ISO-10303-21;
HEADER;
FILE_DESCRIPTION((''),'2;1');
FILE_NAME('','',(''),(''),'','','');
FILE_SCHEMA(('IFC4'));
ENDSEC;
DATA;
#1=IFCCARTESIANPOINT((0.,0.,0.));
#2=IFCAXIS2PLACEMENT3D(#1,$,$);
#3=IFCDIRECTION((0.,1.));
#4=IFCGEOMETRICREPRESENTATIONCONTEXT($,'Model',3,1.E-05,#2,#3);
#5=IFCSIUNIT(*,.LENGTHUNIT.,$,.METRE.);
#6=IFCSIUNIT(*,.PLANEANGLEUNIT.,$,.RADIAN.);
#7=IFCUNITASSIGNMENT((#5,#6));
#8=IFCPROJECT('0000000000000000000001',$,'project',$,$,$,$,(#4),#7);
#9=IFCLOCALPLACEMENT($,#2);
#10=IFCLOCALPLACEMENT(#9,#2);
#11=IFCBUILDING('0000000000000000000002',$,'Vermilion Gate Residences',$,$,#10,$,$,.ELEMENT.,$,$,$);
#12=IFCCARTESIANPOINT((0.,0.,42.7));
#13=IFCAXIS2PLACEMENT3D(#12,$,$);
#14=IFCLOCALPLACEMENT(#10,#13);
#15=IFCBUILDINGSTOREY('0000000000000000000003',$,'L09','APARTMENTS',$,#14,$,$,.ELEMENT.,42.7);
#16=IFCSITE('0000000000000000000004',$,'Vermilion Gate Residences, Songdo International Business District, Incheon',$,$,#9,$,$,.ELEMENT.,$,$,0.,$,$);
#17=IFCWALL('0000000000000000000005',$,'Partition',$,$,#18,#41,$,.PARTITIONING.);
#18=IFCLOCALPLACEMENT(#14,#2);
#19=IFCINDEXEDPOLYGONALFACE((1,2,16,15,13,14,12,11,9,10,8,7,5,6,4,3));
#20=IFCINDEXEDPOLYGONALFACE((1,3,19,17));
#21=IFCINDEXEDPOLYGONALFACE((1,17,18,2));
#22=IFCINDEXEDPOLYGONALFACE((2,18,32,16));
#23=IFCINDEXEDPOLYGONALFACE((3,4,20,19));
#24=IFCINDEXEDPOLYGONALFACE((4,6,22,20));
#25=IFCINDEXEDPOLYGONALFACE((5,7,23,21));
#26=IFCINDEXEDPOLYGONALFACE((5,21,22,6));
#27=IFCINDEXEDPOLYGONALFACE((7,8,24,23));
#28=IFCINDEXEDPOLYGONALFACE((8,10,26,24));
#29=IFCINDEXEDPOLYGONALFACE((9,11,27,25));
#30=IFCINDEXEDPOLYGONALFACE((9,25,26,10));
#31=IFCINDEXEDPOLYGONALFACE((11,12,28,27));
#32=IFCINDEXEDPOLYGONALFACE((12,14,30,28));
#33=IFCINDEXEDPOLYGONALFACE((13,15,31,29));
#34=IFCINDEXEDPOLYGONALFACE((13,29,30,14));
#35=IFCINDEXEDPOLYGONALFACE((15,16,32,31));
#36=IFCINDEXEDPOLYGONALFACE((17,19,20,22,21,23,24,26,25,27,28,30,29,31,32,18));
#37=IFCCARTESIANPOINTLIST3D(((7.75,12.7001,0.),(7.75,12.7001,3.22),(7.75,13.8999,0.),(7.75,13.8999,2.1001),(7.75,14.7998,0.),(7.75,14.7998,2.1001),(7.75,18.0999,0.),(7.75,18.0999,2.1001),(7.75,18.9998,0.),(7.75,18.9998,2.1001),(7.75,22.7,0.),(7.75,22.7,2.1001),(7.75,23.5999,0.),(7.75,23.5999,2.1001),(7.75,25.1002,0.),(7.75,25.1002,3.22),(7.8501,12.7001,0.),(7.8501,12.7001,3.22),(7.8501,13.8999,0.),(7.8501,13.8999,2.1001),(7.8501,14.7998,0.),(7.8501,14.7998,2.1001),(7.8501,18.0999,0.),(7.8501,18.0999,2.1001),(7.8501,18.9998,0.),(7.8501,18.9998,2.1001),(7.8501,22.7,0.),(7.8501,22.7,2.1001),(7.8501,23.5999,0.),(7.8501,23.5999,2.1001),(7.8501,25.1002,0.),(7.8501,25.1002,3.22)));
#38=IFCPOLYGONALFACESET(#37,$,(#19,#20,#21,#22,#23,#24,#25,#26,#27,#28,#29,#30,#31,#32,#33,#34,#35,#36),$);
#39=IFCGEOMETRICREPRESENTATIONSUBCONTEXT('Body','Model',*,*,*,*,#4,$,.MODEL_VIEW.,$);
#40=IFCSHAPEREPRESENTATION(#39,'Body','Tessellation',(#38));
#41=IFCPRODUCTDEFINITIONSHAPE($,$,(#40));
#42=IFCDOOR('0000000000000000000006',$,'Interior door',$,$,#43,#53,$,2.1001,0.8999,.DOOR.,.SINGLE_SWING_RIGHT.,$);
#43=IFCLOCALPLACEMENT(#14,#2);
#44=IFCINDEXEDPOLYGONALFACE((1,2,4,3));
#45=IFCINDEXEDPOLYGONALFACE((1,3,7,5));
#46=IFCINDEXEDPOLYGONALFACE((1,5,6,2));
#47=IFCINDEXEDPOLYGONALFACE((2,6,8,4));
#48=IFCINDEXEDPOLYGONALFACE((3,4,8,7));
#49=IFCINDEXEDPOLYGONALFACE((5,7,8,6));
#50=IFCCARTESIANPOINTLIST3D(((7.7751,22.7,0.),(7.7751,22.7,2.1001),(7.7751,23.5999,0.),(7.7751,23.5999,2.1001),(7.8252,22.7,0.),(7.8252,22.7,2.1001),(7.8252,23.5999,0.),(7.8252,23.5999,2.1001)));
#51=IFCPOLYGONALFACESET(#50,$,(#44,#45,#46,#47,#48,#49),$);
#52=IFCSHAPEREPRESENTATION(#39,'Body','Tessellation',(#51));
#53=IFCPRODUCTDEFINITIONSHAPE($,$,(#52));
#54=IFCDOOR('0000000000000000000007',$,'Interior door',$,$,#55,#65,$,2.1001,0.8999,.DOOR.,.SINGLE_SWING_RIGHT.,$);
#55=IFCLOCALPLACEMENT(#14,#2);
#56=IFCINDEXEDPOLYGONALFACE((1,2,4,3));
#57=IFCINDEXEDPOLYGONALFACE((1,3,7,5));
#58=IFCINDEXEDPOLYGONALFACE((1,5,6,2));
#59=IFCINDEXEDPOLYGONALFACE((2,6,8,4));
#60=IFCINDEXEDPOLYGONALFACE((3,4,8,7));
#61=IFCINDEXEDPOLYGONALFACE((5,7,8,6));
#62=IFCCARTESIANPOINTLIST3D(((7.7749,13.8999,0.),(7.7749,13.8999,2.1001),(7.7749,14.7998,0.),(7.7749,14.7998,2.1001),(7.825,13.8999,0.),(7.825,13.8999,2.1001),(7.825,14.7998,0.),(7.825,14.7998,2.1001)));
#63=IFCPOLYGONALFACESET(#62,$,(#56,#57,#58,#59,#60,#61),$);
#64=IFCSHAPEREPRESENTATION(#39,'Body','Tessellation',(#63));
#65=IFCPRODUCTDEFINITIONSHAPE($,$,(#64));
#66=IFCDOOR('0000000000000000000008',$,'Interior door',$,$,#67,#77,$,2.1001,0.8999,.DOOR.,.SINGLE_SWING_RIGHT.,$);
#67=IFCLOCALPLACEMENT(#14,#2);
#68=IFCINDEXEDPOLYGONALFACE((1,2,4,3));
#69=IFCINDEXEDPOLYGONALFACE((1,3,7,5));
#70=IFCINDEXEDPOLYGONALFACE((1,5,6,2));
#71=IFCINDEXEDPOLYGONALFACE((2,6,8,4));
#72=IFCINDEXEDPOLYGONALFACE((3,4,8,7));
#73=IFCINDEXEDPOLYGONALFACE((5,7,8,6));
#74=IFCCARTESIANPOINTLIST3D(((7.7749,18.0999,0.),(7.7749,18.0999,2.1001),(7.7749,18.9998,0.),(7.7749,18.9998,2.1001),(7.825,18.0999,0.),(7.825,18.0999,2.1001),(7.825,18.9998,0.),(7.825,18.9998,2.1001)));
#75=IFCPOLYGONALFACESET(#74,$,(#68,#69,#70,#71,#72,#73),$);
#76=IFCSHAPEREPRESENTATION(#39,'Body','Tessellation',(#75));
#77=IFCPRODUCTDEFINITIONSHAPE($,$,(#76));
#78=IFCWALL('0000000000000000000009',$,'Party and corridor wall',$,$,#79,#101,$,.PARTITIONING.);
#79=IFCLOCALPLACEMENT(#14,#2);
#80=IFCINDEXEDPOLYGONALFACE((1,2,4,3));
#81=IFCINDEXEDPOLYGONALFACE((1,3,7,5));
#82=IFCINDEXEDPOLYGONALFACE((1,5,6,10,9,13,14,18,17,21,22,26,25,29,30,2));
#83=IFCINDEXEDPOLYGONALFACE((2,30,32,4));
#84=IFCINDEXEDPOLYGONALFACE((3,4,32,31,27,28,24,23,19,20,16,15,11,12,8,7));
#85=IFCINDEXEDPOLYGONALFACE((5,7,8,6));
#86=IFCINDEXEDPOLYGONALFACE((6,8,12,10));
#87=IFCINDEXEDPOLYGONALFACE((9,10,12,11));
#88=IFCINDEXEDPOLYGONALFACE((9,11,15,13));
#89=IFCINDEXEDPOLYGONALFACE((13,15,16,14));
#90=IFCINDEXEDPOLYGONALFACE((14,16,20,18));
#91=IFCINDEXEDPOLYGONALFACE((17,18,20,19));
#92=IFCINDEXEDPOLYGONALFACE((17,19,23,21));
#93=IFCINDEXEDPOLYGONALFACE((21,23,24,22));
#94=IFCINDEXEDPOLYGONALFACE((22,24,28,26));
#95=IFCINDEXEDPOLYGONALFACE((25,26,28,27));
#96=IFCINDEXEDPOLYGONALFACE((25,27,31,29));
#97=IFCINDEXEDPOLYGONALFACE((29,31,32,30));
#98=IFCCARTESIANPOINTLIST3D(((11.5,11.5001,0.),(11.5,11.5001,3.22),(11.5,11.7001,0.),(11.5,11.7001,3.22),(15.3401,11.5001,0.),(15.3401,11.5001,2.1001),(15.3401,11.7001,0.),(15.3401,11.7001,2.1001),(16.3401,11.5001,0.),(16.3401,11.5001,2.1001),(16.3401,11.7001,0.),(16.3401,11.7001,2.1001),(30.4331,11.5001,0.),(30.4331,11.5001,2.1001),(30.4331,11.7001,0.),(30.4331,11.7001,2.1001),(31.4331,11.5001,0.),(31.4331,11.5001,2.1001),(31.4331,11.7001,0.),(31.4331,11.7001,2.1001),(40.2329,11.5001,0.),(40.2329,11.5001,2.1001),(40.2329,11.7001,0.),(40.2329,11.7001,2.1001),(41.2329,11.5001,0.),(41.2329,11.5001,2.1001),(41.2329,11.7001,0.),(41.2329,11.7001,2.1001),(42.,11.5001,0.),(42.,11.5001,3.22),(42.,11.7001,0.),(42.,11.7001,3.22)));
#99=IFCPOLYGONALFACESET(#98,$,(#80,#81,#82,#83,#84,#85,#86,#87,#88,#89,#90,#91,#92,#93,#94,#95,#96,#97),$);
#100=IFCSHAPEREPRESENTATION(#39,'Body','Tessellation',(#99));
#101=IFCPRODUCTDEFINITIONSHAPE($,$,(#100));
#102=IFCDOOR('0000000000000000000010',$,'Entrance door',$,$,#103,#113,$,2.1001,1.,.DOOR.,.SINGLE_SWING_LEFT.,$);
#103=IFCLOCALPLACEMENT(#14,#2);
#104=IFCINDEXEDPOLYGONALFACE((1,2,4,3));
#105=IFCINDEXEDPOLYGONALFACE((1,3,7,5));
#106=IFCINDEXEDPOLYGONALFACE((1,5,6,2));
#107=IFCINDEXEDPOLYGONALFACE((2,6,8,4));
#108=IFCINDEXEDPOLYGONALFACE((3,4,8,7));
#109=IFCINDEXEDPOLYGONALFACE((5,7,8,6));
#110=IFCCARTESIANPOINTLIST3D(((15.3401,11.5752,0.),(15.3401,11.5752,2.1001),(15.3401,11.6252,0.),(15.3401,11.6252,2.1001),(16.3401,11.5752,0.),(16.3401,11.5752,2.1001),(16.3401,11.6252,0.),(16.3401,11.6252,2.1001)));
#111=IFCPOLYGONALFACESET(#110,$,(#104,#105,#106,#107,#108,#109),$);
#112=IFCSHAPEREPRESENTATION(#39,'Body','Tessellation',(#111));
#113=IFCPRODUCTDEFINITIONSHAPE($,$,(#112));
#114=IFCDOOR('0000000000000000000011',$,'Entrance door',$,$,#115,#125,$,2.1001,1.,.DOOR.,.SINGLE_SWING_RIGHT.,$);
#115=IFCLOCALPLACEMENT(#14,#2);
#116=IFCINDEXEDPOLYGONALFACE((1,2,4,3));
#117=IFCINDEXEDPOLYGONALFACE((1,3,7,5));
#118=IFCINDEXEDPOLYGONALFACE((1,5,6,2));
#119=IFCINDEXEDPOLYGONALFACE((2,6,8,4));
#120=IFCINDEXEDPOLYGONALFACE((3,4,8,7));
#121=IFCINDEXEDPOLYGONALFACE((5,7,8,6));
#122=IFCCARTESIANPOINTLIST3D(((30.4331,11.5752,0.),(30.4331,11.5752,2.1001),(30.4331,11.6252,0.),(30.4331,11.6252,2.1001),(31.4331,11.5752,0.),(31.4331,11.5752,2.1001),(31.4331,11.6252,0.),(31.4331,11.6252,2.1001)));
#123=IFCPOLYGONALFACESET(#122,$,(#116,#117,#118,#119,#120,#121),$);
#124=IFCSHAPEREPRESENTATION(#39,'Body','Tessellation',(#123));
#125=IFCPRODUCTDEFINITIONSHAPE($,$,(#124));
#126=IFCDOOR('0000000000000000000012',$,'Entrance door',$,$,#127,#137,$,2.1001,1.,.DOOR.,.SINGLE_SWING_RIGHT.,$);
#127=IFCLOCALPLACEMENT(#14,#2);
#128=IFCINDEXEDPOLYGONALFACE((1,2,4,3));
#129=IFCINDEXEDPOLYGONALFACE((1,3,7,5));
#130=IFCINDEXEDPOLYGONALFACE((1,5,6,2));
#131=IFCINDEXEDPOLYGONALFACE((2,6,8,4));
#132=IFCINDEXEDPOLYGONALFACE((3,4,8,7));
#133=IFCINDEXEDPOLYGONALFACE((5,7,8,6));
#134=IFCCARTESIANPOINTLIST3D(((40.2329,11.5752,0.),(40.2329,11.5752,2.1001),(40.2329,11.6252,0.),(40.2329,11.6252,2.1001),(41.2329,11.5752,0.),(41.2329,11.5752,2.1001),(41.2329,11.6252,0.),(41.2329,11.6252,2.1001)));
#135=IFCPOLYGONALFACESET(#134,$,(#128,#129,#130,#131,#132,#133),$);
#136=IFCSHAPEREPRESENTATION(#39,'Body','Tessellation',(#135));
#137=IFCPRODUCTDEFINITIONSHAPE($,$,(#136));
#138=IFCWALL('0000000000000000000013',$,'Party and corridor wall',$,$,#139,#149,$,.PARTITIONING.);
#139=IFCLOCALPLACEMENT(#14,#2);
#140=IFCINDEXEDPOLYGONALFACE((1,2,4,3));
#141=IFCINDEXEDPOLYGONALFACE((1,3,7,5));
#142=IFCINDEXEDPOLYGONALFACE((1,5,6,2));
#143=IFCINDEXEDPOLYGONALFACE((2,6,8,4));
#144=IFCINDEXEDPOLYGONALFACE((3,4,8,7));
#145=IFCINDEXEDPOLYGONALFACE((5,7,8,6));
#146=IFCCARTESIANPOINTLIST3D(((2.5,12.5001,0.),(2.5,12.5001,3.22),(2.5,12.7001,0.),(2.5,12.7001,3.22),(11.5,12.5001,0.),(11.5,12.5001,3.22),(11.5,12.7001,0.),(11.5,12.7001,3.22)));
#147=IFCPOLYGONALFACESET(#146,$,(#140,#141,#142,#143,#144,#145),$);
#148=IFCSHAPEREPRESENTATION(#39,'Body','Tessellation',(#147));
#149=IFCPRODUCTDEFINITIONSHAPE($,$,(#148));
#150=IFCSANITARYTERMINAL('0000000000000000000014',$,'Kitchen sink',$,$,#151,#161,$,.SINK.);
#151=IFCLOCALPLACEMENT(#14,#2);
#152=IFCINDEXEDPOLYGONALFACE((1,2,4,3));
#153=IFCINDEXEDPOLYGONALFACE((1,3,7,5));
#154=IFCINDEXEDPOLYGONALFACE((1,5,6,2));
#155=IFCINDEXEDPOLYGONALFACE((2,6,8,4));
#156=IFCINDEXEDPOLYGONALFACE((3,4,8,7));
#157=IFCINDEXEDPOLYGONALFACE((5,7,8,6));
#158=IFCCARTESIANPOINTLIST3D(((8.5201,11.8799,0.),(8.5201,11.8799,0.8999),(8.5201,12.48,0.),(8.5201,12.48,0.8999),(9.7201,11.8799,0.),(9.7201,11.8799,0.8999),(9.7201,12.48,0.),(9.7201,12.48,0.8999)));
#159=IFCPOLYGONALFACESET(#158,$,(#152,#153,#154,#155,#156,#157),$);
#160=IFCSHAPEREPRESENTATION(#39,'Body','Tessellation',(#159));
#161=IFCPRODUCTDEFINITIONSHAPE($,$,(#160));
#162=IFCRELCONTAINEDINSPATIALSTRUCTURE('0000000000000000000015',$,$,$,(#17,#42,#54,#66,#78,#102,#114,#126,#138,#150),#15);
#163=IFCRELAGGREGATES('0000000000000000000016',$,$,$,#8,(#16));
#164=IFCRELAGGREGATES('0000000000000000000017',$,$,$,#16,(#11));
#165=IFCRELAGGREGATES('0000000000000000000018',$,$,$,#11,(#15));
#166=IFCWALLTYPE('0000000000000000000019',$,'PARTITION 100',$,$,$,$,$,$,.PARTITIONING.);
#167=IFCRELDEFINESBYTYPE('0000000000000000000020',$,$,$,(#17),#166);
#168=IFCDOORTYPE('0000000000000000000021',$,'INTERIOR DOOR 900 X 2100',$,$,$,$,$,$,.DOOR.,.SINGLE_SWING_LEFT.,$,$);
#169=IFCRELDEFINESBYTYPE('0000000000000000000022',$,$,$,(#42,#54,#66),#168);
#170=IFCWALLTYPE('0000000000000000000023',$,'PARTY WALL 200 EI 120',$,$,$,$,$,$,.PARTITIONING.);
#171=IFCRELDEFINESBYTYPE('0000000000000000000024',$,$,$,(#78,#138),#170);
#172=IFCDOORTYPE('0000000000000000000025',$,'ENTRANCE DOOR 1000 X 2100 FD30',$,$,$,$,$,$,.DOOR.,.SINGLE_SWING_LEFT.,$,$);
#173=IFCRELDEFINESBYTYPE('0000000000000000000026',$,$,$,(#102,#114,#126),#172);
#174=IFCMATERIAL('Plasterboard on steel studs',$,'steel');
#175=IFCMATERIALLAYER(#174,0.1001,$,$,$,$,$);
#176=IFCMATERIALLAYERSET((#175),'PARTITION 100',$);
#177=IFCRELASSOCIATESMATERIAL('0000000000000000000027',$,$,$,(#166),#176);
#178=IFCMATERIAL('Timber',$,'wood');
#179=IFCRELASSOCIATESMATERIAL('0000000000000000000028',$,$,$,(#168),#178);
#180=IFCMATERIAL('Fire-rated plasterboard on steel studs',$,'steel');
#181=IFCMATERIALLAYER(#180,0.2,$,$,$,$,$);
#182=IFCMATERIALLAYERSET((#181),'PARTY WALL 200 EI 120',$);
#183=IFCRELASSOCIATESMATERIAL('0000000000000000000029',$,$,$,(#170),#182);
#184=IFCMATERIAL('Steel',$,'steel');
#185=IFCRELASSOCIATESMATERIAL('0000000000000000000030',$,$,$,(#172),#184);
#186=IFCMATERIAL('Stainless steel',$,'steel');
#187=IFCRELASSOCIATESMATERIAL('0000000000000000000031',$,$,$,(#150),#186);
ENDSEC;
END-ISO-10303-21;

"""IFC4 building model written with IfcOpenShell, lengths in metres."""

from ifc_helpers import new_model, si_unit, direction, frame, frame_2d, origin, origin_2d, place, context, subcontext, project, spatial, rectangle, extrude, material, layer, layer_set, type_object, element, fill, save


model = new_model("IFC4")

# Units and contexts
model_context = context("Model", 3, precision=1e-05, world=origin(), true_north=direction((0.0, 1.0)))
body_context = subcontext(model_context, "Body", "Model", "MODEL_VIEW")
ifc_project = project(units=[si_unit("LENGTHUNIT", "METRE"), si_unit("PLANEANGLEUNIT", "RADIAN")], contexts=[model_context])

# Site, building, storey
site_placement = place(None, origin())
site = spatial("IfcSite", under=ifc_project, at=site_placement, Name="Vermilion Gate Residences, Songdo International Business District, Incheon", CompositionType="ELEMENT", RefElevation=0.0)
building_placement = place(site_placement, origin())
building = spatial("IfcBuilding", under=site, at=building_placement, Name="Vermilion Gate Residences", CompositionType="ELEMENT")
storey_placement = place(building_placement, frame((0.0, 0.0, 42.7)))
storey = spatial("IfcBuildingStorey", under=building, at=storey_placement, Name="L09", Description="APARTMENTS", CompositionType="ELEMENT", Elevation=42.7)

# Shared definitions
ifc_material_1 = material(Name="Plasterboard on steel studs", Category="steel")
ifc_layer_1 = layer(ifc_material_1, 0.1001)
ifc_layer_set_1 = layer_set([ifc_layer_1], Name="PARTITION 100")
wall_type_1 = type_object("IfcWallType", Name="PARTITION 100", PredefinedType="PARTITIONING", material=ifc_layer_set_1)

# Walls, openings, doors
ifc_material_2 = material(Name="Timber", Category="wood")
door_type_1 = type_object("IfcDoorType", Name="INTERIOR DOOR 900 X 2100", OperationType="SINGLE_SWING_LEFT", PredefinedType="DOOR", material=ifc_material_2)
wall_1_placement = place(storey_placement, frame((7.8, 12.7, 0.0), z_axis=(0.0, 0.0, 1.0), x_axis=(0.0, 1.0, 0.0)))
wall_1 = element("IfcWall", 1, at=wall_1_placement, inside=storey, type_object=wall_type_1, Name="Partition", PredefinedType="PARTITIONING", context=body_context, shape_type="SweptSolid", body=[
    extrude(rectangle(XDim=12.4001, YDim=0.1001, at=frame_2d((6.2002, 0.0))), origin(), (0.0, 0.0, 1.0), 3.22),
])
opening_1_placement = place(wall_1_placement, frame((10.0, 0.0, 0.0)))
opening_1 = element("IfcOpeningElement", 2, at=opening_1_placement, cuts=wall_1, PredefinedType="OPENING", context=body_context, shape_type="SweptSolid", body=[
    extrude(rectangle(XDim=0.8999, YDim=2.1001, at=frame_2d((0.45, 1.05))), frame((0.0, 0.0601, 0.0), z_axis=(0.0, -1.0, 0.0), x_axis=(1.0, 0.0, 0.0)), (0.0, 0.0, 1.0), 0.1201),
])
opening_2_placement = place(wall_1_placement, frame((1.2, 0.0, 0.0)))
opening_2 = element("IfcOpeningElement", 3, at=opening_2_placement, cuts=wall_1, PredefinedType="OPENING", context=body_context, shape_type="SweptSolid", body=[
    extrude(rectangle(XDim=0.8999, YDim=2.1001, at=frame_2d((0.45, 1.05))), frame((0.0, 0.0601, 0.0), z_axis=(0.0, -1.0, 0.0), x_axis=(1.0, 0.0, 0.0)), (0.0, 0.0, 1.0), 0.1201),
])
opening_3_placement = place(wall_1_placement, frame((5.3999, 0.0, 0.0)))
opening_3 = element("IfcOpeningElement", 4, at=opening_3_placement, cuts=wall_1, PredefinedType="OPENING", context=body_context, shape_type="SweptSolid", body=[
    extrude(rectangle(XDim=0.8999, YDim=2.1001, at=frame_2d((0.45, 1.05))), frame((0.0, 0.0601, 0.0), z_axis=(0.0, -1.0, 0.0), x_axis=(1.0, 0.0, 0.0)), (0.0, 0.0, 1.0), 0.1201),
])
door_1_placement = place(opening_1_placement, origin())
door_1 = element("IfcDoor", 5, at=door_1_placement, inside=storey, type_object=door_type_1, Name="Interior door", OperationType="SINGLE_SWING_RIGHT", OverallHeight=2.1001, OverallWidth=0.8999, PredefinedType="DOOR", context=body_context, shape_type="SweptSolid", body=[
    extrude(rectangle(XDim=0.8999, YDim=2.1001, at=frame_2d((0.45, 1.05))), frame((0.0, 0.0249, 0.0), z_axis=(0.0, -1.0, 0.0), x_axis=(1.0, 0.0, 0.0)), (0.0, 0.0, 1.0), 0.05),
])
fill(opening_1, door_1)
door_2_placement = place(opening_2_placement, frame((0.8999, 0.0, 0.0), z_axis=(0.0, 0.0, 1.0), x_axis=(-1.0, 0.0, 0.0)))
door_2 = element("IfcDoor", 6, at=door_2_placement, inside=storey, type_object=door_type_1, Name="Interior door", OperationType="SINGLE_SWING_RIGHT", OverallHeight=2.1001, OverallWidth=0.8999, PredefinedType="DOOR", context=body_context, shape_type="SweptSolid", body=[
    extrude(rectangle(XDim=0.8999, YDim=2.1001, at=frame_2d((0.45, 1.05))), frame((0.0, 0.0249, 0.0), z_axis=(0.0, -1.0, 0.0), x_axis=(1.0, 0.0, 0.0)), (0.0, 0.0, 1.0), 0.05),
])
fill(opening_2, door_2)
door_3_placement = place(opening_3_placement, frame((0.8999, 0.0, 0.0), z_axis=(0.0, 0.0, 1.0), x_axis=(-1.0, 0.0, 0.0)))
door_3 = element("IfcDoor", 7, at=door_3_placement, inside=storey, type_object=door_type_1, Name="Interior door", OperationType="SINGLE_SWING_RIGHT", OverallHeight=2.1001, OverallWidth=0.8999, PredefinedType="DOOR", context=body_context, shape_type="SweptSolid", body=[
    extrude(rectangle(XDim=0.8999, YDim=2.1001, at=frame_2d((0.45, 1.05))), frame((0.0, 0.0249, 0.0), z_axis=(0.0, -1.0, 0.0), x_axis=(1.0, 0.0, 0.0)), (0.0, 0.0, 1.0), 0.05),
])
fill(opening_3, door_3)
ifc_material_3 = material(Name="Fire-rated plasterboard on steel studs", Category="steel")
ifc_layer_2 = layer(ifc_material_3, 0.2)
ifc_layer_set_2 = layer_set([ifc_layer_2], Name="PARTY WALL 200 EI 120")
wall_type_2 = type_object("IfcWallType", Name="PARTY WALL 200 EI 120", PredefinedType="PARTITIONING", material=ifc_layer_set_2)
wall_2_placement = place(storey_placement, frame((11.5, 11.6001, 0.0), z_axis=(0.0, 0.0, 1.0), x_axis=(1.0, 0.0, 0.0)))
wall_2 = element("IfcWall", 8, at=wall_2_placement, inside=storey, type_object=wall_type_2, Name="Party and corridor wall", PredefinedType="PARTITIONING", context=body_context, shape_type="SweptSolid", body=[
    extrude(rectangle(XDim=30.5, YDim=0.2, at=frame_2d((15.25, 0.0))), origin(), (0.0, 0.0, 1.0), 3.22),
])
opening_4_placement = place(wall_2_placement, frame((3.8401, 0.0, 0.0)))
opening_4 = element("IfcOpeningElement", 9, at=opening_4_placement, cuts=wall_2, PredefinedType="OPENING", context=body_context, shape_type="SweptSolid", body=[
    extrude(rectangle(XDim=1.0, YDim=2.1001, at=frame_2d((0.5, 1.05))), frame((0.0, 0.1099, 0.0), z_axis=(0.0, -1.0, 0.0), x_axis=(1.0, 0.0, 0.0)), (0.0, 0.0, 1.0), 0.22),
])
opening_5_placement = place(wall_2_placement, frame((18.9331, 0.0, 0.0)))
opening_5 = element("IfcOpeningElement", 10, at=opening_5_placement, cuts=wall_2, PredefinedType="OPENING", context=body_context, shape_type="SweptSolid", body=[
    extrude(rectangle(XDim=1.0, YDim=2.1001, at=frame_2d((0.5, 1.05))), frame((0.0, 0.1099, 0.0), z_axis=(0.0, -1.0, 0.0), x_axis=(1.0, 0.0, 0.0)), (0.0, 0.0, 1.0), 0.22),
])
opening_6_placement = place(wall_2_placement, frame((28.7329, 0.0, 0.0)))
opening_6 = element("IfcOpeningElement", 11, at=opening_6_placement, cuts=wall_2, PredefinedType="OPENING", context=body_context, shape_type="SweptSolid", body=[
    extrude(rectangle(XDim=1.0, YDim=2.1001, at=frame_2d((0.5, 1.05))), frame((0.0, 0.1099, 0.0), z_axis=(0.0, -1.0, 0.0), x_axis=(1.0, 0.0, 0.0)), (0.0, 0.0, 1.0), 0.22),
])
ifc_material_4 = material(Name="Steel", Category="steel")
door_type_2 = type_object("IfcDoorType", Name="ENTRANCE DOOR 1000 X 2100 FD30", OperationType="SINGLE_SWING_LEFT", PredefinedType="DOOR", material=ifc_material_4)
door_4_placement = place(opening_4_placement, frame((1.0, 0.0, 0.0), z_axis=(0.0, 0.0, 1.0), x_axis=(-1.0, 0.0, 0.0)))
door_4 = element("IfcDoor", 12, at=door_4_placement, inside=storey, type_object=door_type_2, Name="Entrance door", OperationType="SINGLE_SWING_LEFT", OverallHeight=2.1001, OverallWidth=1.0, PredefinedType="DOOR", context=body_context, shape_type="SweptSolid", body=[
    extrude(rectangle(XDim=1.0, YDim=2.1001, at=frame_2d((0.5, 1.05))), frame((0.0, 0.0249, 0.0), z_axis=(0.0, -1.0, 0.0), x_axis=(1.0, 0.0, 0.0)), (0.0, 0.0, 1.0), 0.05),
])
fill(opening_4, door_4)
door_5_placement = place(opening_5_placement, frame((1.0, 0.0, 0.0), z_axis=(0.0, 0.0, 1.0), x_axis=(-1.0, 0.0, 0.0)))
door_5 = element("IfcDoor", 13, at=door_5_placement, inside=storey, type_object=door_type_2, Name="Entrance door", OperationType="SINGLE_SWING_RIGHT", OverallHeight=2.1001, OverallWidth=1.0, PredefinedType="DOOR", context=body_context, shape_type="SweptSolid", body=[
    extrude(rectangle(XDim=1.0, YDim=2.1001, at=frame_2d((0.5, 1.05))), frame((0.0, 0.0249, 0.0), z_axis=(0.0, -1.0, 0.0), x_axis=(1.0, 0.0, 0.0)), (0.0, 0.0, 1.0), 0.05),
])
fill(opening_5, door_5)
door_6_placement = place(opening_6_placement, frame((1.0, 0.0, 0.0), z_axis=(0.0, 0.0, 1.0), x_axis=(-1.0, 0.0, 0.0)))
door_6 = element("IfcDoor", 14, at=door_6_placement, inside=storey, type_object=door_type_2, Name="Entrance door", OperationType="SINGLE_SWING_RIGHT", OverallHeight=2.1001, OverallWidth=1.0, PredefinedType="DOOR", context=body_context, shape_type="SweptSolid", body=[
    extrude(rectangle(XDim=1.0, YDim=2.1001, at=frame_2d((0.5, 1.05))), frame((0.0, 0.0249, 0.0), z_axis=(0.0, -1.0, 0.0), x_axis=(1.0, 0.0, 0.0)), (0.0, 0.0, 1.0), 0.05),
])
fill(opening_6, door_6)

# Wall
wall_3_placement = place(storey_placement, frame((2.5, 12.6001, 0.0), z_axis=(0.0, 0.0, 1.0), x_axis=(1.0, 0.0, 0.0)))
element("IfcWall", 15, at=wall_3_placement, inside=storey, type_object=wall_type_2, Name="Party and corridor wall", PredefinedType="PARTITIONING", context=body_context, shape_type="SweptSolid", body=[
    extrude(rectangle(XDim=9.0, YDim=0.2, at=frame_2d((4.5, 0.0))), origin(), (0.0, 0.0, 1.0), 3.22),
])

# Sanitary terminal
ifc_material_5 = material(Name="Stainless steel", Category="steel")
sanitary_terminal_1_placement = place(storey_placement, frame((9.1201, 12.1799, 0.0), z_axis=(0.0, 0.0, 1.0), x_axis=(1.0, 0.0, 0.0)))
element("IfcSanitaryTerminal", 16, at=sanitary_terminal_1_placement, inside=storey, material=ifc_material_5, Name="Kitchen sink", PredefinedType="SINK", context=body_context, shape_type="SweptSolid", body=[
    extrude(rectangle(XDim=1.2, YDim=0.6001, at=origin_2d()), origin(), (0.0, 0.0, 1.0), 0.8999),
])

save(model, "model.ifc")
